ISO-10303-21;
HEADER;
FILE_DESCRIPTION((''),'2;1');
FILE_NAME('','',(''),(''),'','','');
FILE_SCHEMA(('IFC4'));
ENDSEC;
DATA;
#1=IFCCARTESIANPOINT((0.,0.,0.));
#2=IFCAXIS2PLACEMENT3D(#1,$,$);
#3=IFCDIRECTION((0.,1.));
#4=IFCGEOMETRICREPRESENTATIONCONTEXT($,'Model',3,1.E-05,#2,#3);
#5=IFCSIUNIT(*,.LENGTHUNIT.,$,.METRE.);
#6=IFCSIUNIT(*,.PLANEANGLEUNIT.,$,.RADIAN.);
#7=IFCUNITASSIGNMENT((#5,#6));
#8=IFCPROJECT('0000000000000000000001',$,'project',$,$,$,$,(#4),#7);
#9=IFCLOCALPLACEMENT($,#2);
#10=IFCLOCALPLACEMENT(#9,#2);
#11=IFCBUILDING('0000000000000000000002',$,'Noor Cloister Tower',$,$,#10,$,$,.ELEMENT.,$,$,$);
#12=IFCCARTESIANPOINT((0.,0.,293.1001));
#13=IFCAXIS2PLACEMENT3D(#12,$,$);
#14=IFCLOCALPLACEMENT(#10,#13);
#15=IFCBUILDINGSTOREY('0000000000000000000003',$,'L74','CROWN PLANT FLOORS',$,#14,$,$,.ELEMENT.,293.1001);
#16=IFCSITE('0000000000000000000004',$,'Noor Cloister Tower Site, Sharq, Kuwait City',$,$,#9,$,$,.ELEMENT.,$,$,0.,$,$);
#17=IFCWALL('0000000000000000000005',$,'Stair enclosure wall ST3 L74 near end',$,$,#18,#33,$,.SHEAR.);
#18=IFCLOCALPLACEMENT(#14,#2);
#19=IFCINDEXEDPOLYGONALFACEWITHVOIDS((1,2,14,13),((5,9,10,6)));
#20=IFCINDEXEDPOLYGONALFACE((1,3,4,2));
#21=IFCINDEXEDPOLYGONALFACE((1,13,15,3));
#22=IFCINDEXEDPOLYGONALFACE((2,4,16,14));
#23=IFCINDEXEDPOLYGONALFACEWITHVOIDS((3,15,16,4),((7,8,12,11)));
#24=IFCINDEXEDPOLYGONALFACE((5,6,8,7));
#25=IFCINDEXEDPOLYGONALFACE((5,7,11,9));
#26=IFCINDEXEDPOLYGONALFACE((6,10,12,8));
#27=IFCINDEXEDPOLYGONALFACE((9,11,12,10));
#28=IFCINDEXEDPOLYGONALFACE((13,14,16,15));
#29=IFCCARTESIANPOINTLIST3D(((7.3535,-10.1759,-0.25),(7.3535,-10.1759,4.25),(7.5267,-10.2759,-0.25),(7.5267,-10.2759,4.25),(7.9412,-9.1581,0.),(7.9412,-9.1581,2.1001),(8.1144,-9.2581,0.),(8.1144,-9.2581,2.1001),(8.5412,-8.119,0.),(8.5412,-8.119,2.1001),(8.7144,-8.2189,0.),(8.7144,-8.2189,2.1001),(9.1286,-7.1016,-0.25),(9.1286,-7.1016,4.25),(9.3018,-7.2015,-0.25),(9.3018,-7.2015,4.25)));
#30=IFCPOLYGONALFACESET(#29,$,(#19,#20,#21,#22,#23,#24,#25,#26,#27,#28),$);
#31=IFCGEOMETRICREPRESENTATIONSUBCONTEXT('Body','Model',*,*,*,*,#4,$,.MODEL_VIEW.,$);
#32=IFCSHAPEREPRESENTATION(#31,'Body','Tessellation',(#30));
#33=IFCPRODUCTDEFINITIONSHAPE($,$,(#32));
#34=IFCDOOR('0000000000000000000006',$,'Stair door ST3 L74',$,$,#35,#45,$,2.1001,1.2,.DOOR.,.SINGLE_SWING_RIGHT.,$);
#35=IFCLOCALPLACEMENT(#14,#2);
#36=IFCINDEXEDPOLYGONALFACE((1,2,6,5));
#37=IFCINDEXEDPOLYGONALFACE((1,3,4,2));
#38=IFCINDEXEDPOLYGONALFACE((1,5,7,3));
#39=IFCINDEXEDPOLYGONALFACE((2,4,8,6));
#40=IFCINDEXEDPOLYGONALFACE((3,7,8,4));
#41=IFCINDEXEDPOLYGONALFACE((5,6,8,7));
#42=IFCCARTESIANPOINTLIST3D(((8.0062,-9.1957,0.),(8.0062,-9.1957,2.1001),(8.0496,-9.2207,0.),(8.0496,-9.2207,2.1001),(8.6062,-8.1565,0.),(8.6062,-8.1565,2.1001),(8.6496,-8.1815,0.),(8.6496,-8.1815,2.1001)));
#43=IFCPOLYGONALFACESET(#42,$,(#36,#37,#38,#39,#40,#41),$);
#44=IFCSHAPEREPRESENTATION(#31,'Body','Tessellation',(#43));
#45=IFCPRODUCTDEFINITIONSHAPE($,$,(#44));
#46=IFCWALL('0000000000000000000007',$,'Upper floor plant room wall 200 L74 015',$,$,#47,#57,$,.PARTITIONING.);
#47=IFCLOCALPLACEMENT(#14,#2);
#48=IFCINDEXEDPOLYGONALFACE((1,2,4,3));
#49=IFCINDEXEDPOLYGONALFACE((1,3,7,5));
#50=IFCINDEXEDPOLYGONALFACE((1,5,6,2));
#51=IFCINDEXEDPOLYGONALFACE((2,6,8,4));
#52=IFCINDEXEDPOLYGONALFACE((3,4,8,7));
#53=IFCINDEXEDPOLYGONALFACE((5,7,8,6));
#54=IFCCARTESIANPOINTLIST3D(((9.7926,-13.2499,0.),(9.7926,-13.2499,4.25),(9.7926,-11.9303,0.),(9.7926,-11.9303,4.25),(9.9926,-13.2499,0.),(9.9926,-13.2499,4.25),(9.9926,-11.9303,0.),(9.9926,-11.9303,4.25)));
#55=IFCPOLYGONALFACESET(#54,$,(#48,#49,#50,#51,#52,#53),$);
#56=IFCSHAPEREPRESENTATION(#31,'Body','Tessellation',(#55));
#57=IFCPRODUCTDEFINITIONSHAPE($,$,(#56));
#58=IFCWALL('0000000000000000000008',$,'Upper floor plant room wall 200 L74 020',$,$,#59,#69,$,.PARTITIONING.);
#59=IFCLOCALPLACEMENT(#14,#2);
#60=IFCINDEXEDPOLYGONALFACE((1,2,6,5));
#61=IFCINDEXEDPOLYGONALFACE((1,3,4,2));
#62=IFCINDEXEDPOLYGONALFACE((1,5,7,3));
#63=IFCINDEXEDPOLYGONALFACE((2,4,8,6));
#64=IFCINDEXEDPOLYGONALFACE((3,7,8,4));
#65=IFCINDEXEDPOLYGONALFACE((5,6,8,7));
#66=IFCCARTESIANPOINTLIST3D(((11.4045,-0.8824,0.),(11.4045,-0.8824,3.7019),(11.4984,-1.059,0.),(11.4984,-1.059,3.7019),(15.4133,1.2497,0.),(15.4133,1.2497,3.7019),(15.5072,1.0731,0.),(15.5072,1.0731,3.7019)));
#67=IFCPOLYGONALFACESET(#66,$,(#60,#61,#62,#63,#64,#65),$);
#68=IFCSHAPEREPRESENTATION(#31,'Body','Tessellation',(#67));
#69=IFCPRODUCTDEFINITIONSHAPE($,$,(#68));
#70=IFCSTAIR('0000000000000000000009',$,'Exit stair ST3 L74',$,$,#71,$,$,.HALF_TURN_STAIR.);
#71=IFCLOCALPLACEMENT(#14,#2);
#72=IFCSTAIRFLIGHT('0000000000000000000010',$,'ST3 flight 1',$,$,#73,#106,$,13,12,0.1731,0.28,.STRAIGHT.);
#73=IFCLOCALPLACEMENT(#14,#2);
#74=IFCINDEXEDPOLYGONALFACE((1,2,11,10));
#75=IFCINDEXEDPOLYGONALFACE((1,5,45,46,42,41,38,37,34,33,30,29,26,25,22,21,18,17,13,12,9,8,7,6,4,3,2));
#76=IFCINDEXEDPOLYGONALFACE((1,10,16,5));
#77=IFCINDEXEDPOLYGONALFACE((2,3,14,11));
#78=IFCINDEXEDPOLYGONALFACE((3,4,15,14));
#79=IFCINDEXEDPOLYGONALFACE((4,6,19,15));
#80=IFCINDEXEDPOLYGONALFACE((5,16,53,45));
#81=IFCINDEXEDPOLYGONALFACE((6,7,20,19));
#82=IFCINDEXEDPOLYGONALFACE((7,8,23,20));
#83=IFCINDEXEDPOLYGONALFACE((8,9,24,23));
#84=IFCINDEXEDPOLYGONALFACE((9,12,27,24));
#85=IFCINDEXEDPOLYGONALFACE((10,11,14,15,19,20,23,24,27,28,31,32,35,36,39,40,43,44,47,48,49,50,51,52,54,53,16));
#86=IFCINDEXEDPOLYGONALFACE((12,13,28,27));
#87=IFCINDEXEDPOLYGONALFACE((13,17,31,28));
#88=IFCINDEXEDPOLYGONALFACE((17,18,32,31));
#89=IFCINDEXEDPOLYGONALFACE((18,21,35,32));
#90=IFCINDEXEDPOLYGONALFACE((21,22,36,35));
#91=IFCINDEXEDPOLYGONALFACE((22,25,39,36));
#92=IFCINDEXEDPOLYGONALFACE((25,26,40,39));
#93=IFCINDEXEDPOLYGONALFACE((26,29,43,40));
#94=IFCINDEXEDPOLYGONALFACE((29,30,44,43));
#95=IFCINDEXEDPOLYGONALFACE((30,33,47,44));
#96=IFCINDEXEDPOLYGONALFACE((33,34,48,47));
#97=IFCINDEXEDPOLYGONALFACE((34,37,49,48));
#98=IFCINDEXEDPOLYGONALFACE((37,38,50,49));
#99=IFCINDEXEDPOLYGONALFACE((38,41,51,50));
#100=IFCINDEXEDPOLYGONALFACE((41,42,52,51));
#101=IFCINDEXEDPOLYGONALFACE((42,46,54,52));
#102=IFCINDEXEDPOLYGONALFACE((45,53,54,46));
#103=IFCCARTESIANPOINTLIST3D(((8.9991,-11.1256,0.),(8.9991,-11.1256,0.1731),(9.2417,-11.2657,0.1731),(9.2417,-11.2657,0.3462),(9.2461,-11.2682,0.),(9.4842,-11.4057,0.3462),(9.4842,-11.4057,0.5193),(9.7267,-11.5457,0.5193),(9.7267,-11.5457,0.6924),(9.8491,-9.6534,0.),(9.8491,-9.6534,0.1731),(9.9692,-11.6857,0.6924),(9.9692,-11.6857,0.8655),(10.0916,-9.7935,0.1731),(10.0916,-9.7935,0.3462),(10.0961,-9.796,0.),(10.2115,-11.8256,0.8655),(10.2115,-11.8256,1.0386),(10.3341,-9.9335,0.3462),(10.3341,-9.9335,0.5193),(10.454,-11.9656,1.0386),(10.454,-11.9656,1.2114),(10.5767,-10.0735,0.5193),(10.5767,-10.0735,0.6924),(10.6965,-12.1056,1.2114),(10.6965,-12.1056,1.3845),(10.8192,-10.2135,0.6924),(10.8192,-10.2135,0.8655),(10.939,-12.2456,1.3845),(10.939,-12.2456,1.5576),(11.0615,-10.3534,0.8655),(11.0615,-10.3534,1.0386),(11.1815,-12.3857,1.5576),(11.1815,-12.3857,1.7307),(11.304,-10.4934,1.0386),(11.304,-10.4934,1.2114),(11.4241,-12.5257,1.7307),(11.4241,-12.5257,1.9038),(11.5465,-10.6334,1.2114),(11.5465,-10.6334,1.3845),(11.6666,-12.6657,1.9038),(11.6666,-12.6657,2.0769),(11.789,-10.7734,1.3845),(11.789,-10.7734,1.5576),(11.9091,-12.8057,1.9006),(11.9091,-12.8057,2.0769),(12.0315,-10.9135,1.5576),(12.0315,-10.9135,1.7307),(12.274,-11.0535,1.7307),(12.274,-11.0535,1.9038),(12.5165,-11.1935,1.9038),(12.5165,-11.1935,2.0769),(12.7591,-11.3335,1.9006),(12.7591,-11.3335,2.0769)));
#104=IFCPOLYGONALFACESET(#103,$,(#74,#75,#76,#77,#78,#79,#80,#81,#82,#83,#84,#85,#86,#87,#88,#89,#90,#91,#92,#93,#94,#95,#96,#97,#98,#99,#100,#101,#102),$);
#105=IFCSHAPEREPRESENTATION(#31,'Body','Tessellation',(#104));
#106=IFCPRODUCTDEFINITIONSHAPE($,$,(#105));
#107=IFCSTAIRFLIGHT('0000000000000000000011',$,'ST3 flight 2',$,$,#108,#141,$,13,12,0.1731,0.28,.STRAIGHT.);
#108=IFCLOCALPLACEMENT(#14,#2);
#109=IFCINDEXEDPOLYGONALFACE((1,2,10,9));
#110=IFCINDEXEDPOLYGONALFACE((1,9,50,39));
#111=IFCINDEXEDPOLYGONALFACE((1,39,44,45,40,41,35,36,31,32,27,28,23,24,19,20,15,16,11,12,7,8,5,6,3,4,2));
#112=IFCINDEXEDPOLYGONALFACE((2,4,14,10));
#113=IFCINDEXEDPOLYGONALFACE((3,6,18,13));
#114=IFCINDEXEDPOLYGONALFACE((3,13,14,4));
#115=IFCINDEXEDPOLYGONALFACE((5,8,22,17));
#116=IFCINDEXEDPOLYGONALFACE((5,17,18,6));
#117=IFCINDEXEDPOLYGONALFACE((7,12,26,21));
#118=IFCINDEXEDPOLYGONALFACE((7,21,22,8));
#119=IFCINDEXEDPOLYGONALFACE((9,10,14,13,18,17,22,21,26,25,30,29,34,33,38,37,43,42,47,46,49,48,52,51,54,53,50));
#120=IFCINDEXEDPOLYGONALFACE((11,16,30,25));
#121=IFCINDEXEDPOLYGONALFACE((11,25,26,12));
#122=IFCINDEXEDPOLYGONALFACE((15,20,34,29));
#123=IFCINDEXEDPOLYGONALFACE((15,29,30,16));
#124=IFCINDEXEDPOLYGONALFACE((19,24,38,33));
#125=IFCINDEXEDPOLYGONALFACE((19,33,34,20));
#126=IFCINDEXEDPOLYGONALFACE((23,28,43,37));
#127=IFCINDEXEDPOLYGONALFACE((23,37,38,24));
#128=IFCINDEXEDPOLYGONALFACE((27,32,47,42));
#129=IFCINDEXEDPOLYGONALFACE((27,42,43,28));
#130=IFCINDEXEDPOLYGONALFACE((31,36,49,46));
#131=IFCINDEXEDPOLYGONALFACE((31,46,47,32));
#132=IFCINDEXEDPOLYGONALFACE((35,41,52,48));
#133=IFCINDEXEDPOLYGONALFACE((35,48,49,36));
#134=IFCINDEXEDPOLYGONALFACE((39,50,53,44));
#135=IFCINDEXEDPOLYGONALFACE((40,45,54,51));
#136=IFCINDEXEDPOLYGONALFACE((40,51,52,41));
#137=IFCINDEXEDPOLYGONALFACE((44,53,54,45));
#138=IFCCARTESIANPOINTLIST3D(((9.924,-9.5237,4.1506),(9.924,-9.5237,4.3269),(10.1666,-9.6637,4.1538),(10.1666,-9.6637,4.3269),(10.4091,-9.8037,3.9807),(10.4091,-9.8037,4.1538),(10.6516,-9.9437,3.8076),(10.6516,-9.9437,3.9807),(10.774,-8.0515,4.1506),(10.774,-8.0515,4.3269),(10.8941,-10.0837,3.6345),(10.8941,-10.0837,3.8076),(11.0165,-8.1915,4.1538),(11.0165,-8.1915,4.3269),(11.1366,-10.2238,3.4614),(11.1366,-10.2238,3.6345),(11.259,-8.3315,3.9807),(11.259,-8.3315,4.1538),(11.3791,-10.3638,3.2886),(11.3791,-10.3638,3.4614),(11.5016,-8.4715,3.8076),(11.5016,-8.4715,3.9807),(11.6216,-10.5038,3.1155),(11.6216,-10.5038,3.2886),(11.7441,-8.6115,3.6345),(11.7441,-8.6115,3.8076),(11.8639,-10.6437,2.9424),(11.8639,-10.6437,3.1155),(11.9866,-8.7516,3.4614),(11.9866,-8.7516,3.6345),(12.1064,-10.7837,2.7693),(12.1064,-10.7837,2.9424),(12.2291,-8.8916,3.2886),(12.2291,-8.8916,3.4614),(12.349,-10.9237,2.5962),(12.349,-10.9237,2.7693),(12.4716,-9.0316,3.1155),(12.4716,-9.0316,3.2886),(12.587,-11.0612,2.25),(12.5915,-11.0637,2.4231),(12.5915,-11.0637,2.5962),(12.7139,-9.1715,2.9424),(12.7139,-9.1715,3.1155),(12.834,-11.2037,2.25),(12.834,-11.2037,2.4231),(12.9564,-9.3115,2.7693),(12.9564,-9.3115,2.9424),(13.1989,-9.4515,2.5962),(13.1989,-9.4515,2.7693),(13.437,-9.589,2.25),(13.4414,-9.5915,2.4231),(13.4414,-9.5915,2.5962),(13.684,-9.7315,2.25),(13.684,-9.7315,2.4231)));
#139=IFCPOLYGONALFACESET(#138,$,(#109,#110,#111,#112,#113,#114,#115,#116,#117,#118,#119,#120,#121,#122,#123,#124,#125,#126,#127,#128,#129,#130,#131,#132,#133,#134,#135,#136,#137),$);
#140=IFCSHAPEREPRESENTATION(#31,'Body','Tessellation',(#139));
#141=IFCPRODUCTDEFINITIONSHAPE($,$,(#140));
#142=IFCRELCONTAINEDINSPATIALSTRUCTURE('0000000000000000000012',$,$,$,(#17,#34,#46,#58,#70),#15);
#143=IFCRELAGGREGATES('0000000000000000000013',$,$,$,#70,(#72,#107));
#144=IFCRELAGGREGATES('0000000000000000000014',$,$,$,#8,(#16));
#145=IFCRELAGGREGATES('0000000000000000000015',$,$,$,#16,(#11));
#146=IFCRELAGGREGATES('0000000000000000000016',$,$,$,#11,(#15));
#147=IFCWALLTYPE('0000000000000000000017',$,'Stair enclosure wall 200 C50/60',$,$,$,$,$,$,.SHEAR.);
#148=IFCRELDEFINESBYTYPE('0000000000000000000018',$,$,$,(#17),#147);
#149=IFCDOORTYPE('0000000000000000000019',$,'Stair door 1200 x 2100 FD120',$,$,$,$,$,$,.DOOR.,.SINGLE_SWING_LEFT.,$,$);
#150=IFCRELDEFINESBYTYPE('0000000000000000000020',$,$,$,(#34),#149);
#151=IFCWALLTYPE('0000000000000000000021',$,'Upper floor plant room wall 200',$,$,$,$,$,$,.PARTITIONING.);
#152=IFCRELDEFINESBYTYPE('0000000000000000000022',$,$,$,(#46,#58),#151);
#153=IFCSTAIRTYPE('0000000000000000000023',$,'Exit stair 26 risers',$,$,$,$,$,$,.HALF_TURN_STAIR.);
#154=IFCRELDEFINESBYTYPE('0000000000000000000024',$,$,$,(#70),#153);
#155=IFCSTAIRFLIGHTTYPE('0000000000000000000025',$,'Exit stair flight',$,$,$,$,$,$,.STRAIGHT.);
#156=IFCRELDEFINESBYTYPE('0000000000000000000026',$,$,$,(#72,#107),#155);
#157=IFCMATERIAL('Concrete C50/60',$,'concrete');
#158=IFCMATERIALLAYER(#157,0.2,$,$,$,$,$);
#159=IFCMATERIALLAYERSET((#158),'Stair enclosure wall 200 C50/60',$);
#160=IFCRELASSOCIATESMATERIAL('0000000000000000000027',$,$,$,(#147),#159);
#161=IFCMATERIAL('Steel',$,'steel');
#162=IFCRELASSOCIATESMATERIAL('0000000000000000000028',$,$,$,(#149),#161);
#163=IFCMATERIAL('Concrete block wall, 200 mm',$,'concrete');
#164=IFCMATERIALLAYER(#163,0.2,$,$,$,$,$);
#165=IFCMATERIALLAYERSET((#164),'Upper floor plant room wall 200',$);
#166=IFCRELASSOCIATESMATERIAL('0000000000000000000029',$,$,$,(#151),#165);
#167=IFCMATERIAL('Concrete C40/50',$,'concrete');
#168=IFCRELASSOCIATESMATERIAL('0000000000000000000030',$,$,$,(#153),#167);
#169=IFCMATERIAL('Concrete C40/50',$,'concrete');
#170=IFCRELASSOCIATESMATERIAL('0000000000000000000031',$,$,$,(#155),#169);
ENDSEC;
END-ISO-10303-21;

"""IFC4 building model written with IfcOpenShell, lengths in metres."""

from ifc_helpers import new_model, si_unit, direction, frame, frame_2d, origin, place, context, subcontext, project, spatial, polyline, rectangle, outline, extrude, material, layer, layer_set, type_object, element, fill, aggregate, save


model = new_model("IFC4")

# Units and contexts
model_context = context("Model", 3, precision=1e-05, world=origin(), true_north=direction((0.0, 1.0)))
body_context = subcontext(model_context, "Body", "Model", "MODEL_VIEW")
ifc_project = project(units=[si_unit("LENGTHUNIT", "METRE"), si_unit("PLANEANGLEUNIT", "RADIAN")], contexts=[model_context])

# Site, building, storey
site_placement = place(None, origin())
site = spatial("IfcSite", under=ifc_project, at=site_placement, Name="Noor Cloister Tower Site, Sharq, Kuwait City", CompositionType="ELEMENT", RefElevation=0.0)
building_placement = place(site_placement, origin())
building = spatial("IfcBuilding", under=site, at=building_placement, Name="Noor Cloister Tower", CompositionType="ELEMENT")
storey_placement = place(building_placement, frame((0.0, 0.0, 293.1001)))
storey = spatial("IfcBuildingStorey", under=building, at=storey_placement, Name="L74", Description="CROWN PLANT FLOORS", CompositionType="ELEMENT", Elevation=293.1001)

# Wall, opening, door
ifc_material_1 = material(Name="Concrete C50/60", Category="concrete")
ifc_layer_1 = layer(ifc_material_1, 0.2)
ifc_layer_set_1 = layer_set([ifc_layer_1], Name="Stair enclosure wall 200 C50/60")
wall_type_1 = type_object("IfcWallType", Name="Stair enclosure wall 200 C50/60", PredefinedType="SHEAR", material=ifc_layer_set_1)
wall_1_placement = place(storey_placement, frame((7.4402, -10.2258, -0.25), z_axis=(0.0, 0.0, 1.0), x_axis=(0.500022, 0.866013, 0.0)))
wall_1 = element("IfcWall", 1, at=wall_1_placement, inside=storey, type_object=wall_type_1, Name="Stair enclosure wall ST3 L74 near end", PredefinedType="SHEAR", context=body_context, shape_type="SweptSolid", body=[
    extrude(rectangle(XDim=3.55, YDim=0.2, at=frame_2d((1.7749, 0.0))), origin(), (0.0, 0.0, 1.0), 4.5),
])
opening_placement = place(wall_1_placement, frame((1.175, 0.0, 0.25)))
opening = element("IfcOpeningElement", 2, at=opening_placement, cuts=wall_1, PredefinedType="OPENING", context=body_context, shape_type="SweptSolid", body=[
    extrude(rectangle(XDim=1.2, YDim=2.1001, at=frame_2d((0.6001, 1.05))), frame((0.0, 0.1099, 0.0), z_axis=(0.0, -1.0, 0.0), x_axis=(1.0, 0.0, 0.0)), (0.0, 0.0, 1.0), 0.22),
])
ifc_material_2 = material(Name="Steel", Category="steel")
door_type = type_object("IfcDoorType", Name="Stair door 1200 x 2100 FD120", OperationType="SINGLE_SWING_LEFT", PredefinedType="DOOR", material=ifc_material_2)
door_placement = place(opening_placement, origin())
door = element("IfcDoor", 3, at=door_placement, inside=storey, type_object=door_type, Name="Stair door ST3 L74", OperationType="SINGLE_SWING_RIGHT", OverallHeight=2.1001, OverallWidth=1.2, PredefinedType="DOOR", context=body_context, shape_type="SweptSolid", body=[
    extrude(rectangle(XDim=1.2, YDim=2.1001, at=frame_2d((0.6001, 1.05))), frame((0.0, 0.0249, 0.0), z_axis=(0.0, -1.0, 0.0), x_axis=(1.0, 0.0, 0.0)), (0.0, 0.0, 1.0), 0.05),
])
fill(opening, door)

# Walls
ifc_material_3 = material(Name="Concrete block wall, 200 mm", Category="concrete")
ifc_layer_2 = layer(ifc_material_3, 0.2)
ifc_layer_set_2 = layer_set([ifc_layer_2], Name="Upper floor plant room wall 200")
wall_type_2 = type_object("IfcWallType", Name="Upper floor plant room wall 200", PredefinedType="PARTITIONING", material=ifc_layer_set_2)
wall_2_placement = place(storey_placement, frame((9.8926, -13.2498, 0.0), z_axis=(0.0, 0.0, 1.0), x_axis=(0.0, 1.0, 0.0)))
element("IfcWall", 4, at=wall_2_placement, inside=storey, type_object=wall_type_2, Name="Upper floor plant room wall 200 L74 015", PredefinedType="PARTITIONING", context=body_context, shape_type="SweptSolid", body=[
    extrude(rectangle(XDim=1.3196, YDim=0.2, at=frame_2d((0.6597, 0.0))), origin(), (0.0, 0.0, 1.0), 4.25),
])
wall_3_placement = place(storey_placement, frame((11.4514, -0.9707, 0.0), z_axis=(0.0, 0.0, 1.0), x_axis=(0.882896, 0.469569, 0.0)))
element("IfcWall", 5, at=wall_3_placement, inside=storey, type_object=wall_type_2, Name="Upper floor plant room wall 200 L74 020", PredefinedType="PARTITIONING", context=body_context, shape_type="SweptSolid", body=[
    extrude(rectangle(XDim=4.5405, YDim=0.2, at=frame_2d((2.2703, 0.0))), origin(), (0.0, 0.0, 1.0), 3.7019),
])

# Stair, stair flights
ifc_material_4 = material(Name="Concrete C40/50", Category="concrete")
stair_type = type_object("IfcStairType", Name="Exit stair 26 risers", PredefinedType="HALF_TURN_STAIR", material=ifc_material_4)
stair_placement = place(storey_placement, origin())
stair = element("IfcStair", 6, at=stair_placement, inside=storey, type_object=stair_type, Name="Exit stair ST3 L74", PredefinedType="HALF_TURN_STAIR")
ifc_material_5 = material(Name="Concrete C40/50", Category="concrete")
stair_flight_type = type_object("IfcStairFlightType", Name="Exit stair flight", PredefinedType="STRAIGHT", material=ifc_material_5)
stair_flight_1_placement = place(storey_placement, frame((9.4241, -10.3896, 0.0), z_axis=(0.0, 0.0, 1.0), x_axis=(0.866025, -0.5, 0.0)))
stair_flight_1 = element("IfcStairFlight", 7, at=stair_flight_1_placement, type_object=stair_flight_type, Name="ST3 flight 1", NumberOfRisers=13, NumberOfTreads=12, PredefinedType="STRAIGHT", RiserHeight=0.1731, TreadLength=0.28, context=body_context, shape_type="SweptSolid", body=[
    extrude(outline(polyline([(0.0, 0.0), (0.0, 0.1731), (0.28, 0.1731), (0.28, 0.3462), (0.5601, 0.3462), (0.5601, 0.5193), (0.8401, 0.5193), (0.8401, 0.6924), (1.1201, 0.6924), (1.1201, 0.8655), (1.3999, 0.8655), (1.3999, 1.0386), (1.6799, 1.0386), (1.6799, 1.2114), (1.96, 1.2114), (1.96, 1.3845), (2.24, 1.3845), (2.24, 1.5576), (2.52, 1.5576), (2.52, 1.7307), (2.8, 1.7307), (2.8, 1.9038), (3.0801, 1.9038), (3.0801, 2.0769), (3.3601, 2.0769), (3.3601, 2.25), (3.3601, 1.9006), (0.2852, 0.0), (0.0, 0.0)])), frame((0.0, 0.8501, 0.0), z_axis=(0.0, -1.0, 0.0), x_axis=(1.0, 0.0, 0.0)), (0.0, 0.0, 1.0), 1.7),
])
stair_flight_2_placement = place(storey_placement, frame((13.259, -10.4675, 2.25), z_axis=(0.0, 0.0, 1.0), x_axis=(-0.866025, 0.5, 0.0)))
stair_flight_2 = element("IfcStairFlight", 8, at=stair_flight_2_placement, type_object=stair_flight_type, Name="ST3 flight 2", NumberOfRisers=13, NumberOfTreads=12, PredefinedType="STRAIGHT", RiserHeight=0.1731, TreadLength=0.28, context=body_context, shape_type="SweptSolid", body=[
    extrude(outline(polyline([(0.0, 0.0), (0.0, 0.1731), (0.28, 0.1731), (0.28, 0.3462), (0.5601, 0.3462), (0.5601, 0.5193), (0.8401, 0.5193), (0.8401, 0.6924), (1.1201, 0.6924), (1.1201, 0.8655), (1.3999, 0.8655), (1.3999, 1.0386), (1.6799, 1.0386), (1.6799, 1.2114), (1.96, 1.2114), (1.96, 1.3845), (2.24, 1.3845), (2.24, 1.5576), (2.52, 1.5576), (2.52, 1.7307), (2.8, 1.7307), (2.8, 1.9038), (3.0801, 1.9038), (3.0801, 2.0769), (3.3601, 2.0769), (3.3601, 2.25), (3.3601, 1.9006), (0.2852, 0.0), (0.0, 0.0)])), frame((0.0, 0.8501, 0.0), z_axis=(0.0, -1.0, 0.0), x_axis=(1.0, 0.0, 0.0)), (0.0, 0.0, 1.0), 1.7),
])
aggregate(stair, [stair_flight_1, stair_flight_2])

save(model, "model.ifc")
